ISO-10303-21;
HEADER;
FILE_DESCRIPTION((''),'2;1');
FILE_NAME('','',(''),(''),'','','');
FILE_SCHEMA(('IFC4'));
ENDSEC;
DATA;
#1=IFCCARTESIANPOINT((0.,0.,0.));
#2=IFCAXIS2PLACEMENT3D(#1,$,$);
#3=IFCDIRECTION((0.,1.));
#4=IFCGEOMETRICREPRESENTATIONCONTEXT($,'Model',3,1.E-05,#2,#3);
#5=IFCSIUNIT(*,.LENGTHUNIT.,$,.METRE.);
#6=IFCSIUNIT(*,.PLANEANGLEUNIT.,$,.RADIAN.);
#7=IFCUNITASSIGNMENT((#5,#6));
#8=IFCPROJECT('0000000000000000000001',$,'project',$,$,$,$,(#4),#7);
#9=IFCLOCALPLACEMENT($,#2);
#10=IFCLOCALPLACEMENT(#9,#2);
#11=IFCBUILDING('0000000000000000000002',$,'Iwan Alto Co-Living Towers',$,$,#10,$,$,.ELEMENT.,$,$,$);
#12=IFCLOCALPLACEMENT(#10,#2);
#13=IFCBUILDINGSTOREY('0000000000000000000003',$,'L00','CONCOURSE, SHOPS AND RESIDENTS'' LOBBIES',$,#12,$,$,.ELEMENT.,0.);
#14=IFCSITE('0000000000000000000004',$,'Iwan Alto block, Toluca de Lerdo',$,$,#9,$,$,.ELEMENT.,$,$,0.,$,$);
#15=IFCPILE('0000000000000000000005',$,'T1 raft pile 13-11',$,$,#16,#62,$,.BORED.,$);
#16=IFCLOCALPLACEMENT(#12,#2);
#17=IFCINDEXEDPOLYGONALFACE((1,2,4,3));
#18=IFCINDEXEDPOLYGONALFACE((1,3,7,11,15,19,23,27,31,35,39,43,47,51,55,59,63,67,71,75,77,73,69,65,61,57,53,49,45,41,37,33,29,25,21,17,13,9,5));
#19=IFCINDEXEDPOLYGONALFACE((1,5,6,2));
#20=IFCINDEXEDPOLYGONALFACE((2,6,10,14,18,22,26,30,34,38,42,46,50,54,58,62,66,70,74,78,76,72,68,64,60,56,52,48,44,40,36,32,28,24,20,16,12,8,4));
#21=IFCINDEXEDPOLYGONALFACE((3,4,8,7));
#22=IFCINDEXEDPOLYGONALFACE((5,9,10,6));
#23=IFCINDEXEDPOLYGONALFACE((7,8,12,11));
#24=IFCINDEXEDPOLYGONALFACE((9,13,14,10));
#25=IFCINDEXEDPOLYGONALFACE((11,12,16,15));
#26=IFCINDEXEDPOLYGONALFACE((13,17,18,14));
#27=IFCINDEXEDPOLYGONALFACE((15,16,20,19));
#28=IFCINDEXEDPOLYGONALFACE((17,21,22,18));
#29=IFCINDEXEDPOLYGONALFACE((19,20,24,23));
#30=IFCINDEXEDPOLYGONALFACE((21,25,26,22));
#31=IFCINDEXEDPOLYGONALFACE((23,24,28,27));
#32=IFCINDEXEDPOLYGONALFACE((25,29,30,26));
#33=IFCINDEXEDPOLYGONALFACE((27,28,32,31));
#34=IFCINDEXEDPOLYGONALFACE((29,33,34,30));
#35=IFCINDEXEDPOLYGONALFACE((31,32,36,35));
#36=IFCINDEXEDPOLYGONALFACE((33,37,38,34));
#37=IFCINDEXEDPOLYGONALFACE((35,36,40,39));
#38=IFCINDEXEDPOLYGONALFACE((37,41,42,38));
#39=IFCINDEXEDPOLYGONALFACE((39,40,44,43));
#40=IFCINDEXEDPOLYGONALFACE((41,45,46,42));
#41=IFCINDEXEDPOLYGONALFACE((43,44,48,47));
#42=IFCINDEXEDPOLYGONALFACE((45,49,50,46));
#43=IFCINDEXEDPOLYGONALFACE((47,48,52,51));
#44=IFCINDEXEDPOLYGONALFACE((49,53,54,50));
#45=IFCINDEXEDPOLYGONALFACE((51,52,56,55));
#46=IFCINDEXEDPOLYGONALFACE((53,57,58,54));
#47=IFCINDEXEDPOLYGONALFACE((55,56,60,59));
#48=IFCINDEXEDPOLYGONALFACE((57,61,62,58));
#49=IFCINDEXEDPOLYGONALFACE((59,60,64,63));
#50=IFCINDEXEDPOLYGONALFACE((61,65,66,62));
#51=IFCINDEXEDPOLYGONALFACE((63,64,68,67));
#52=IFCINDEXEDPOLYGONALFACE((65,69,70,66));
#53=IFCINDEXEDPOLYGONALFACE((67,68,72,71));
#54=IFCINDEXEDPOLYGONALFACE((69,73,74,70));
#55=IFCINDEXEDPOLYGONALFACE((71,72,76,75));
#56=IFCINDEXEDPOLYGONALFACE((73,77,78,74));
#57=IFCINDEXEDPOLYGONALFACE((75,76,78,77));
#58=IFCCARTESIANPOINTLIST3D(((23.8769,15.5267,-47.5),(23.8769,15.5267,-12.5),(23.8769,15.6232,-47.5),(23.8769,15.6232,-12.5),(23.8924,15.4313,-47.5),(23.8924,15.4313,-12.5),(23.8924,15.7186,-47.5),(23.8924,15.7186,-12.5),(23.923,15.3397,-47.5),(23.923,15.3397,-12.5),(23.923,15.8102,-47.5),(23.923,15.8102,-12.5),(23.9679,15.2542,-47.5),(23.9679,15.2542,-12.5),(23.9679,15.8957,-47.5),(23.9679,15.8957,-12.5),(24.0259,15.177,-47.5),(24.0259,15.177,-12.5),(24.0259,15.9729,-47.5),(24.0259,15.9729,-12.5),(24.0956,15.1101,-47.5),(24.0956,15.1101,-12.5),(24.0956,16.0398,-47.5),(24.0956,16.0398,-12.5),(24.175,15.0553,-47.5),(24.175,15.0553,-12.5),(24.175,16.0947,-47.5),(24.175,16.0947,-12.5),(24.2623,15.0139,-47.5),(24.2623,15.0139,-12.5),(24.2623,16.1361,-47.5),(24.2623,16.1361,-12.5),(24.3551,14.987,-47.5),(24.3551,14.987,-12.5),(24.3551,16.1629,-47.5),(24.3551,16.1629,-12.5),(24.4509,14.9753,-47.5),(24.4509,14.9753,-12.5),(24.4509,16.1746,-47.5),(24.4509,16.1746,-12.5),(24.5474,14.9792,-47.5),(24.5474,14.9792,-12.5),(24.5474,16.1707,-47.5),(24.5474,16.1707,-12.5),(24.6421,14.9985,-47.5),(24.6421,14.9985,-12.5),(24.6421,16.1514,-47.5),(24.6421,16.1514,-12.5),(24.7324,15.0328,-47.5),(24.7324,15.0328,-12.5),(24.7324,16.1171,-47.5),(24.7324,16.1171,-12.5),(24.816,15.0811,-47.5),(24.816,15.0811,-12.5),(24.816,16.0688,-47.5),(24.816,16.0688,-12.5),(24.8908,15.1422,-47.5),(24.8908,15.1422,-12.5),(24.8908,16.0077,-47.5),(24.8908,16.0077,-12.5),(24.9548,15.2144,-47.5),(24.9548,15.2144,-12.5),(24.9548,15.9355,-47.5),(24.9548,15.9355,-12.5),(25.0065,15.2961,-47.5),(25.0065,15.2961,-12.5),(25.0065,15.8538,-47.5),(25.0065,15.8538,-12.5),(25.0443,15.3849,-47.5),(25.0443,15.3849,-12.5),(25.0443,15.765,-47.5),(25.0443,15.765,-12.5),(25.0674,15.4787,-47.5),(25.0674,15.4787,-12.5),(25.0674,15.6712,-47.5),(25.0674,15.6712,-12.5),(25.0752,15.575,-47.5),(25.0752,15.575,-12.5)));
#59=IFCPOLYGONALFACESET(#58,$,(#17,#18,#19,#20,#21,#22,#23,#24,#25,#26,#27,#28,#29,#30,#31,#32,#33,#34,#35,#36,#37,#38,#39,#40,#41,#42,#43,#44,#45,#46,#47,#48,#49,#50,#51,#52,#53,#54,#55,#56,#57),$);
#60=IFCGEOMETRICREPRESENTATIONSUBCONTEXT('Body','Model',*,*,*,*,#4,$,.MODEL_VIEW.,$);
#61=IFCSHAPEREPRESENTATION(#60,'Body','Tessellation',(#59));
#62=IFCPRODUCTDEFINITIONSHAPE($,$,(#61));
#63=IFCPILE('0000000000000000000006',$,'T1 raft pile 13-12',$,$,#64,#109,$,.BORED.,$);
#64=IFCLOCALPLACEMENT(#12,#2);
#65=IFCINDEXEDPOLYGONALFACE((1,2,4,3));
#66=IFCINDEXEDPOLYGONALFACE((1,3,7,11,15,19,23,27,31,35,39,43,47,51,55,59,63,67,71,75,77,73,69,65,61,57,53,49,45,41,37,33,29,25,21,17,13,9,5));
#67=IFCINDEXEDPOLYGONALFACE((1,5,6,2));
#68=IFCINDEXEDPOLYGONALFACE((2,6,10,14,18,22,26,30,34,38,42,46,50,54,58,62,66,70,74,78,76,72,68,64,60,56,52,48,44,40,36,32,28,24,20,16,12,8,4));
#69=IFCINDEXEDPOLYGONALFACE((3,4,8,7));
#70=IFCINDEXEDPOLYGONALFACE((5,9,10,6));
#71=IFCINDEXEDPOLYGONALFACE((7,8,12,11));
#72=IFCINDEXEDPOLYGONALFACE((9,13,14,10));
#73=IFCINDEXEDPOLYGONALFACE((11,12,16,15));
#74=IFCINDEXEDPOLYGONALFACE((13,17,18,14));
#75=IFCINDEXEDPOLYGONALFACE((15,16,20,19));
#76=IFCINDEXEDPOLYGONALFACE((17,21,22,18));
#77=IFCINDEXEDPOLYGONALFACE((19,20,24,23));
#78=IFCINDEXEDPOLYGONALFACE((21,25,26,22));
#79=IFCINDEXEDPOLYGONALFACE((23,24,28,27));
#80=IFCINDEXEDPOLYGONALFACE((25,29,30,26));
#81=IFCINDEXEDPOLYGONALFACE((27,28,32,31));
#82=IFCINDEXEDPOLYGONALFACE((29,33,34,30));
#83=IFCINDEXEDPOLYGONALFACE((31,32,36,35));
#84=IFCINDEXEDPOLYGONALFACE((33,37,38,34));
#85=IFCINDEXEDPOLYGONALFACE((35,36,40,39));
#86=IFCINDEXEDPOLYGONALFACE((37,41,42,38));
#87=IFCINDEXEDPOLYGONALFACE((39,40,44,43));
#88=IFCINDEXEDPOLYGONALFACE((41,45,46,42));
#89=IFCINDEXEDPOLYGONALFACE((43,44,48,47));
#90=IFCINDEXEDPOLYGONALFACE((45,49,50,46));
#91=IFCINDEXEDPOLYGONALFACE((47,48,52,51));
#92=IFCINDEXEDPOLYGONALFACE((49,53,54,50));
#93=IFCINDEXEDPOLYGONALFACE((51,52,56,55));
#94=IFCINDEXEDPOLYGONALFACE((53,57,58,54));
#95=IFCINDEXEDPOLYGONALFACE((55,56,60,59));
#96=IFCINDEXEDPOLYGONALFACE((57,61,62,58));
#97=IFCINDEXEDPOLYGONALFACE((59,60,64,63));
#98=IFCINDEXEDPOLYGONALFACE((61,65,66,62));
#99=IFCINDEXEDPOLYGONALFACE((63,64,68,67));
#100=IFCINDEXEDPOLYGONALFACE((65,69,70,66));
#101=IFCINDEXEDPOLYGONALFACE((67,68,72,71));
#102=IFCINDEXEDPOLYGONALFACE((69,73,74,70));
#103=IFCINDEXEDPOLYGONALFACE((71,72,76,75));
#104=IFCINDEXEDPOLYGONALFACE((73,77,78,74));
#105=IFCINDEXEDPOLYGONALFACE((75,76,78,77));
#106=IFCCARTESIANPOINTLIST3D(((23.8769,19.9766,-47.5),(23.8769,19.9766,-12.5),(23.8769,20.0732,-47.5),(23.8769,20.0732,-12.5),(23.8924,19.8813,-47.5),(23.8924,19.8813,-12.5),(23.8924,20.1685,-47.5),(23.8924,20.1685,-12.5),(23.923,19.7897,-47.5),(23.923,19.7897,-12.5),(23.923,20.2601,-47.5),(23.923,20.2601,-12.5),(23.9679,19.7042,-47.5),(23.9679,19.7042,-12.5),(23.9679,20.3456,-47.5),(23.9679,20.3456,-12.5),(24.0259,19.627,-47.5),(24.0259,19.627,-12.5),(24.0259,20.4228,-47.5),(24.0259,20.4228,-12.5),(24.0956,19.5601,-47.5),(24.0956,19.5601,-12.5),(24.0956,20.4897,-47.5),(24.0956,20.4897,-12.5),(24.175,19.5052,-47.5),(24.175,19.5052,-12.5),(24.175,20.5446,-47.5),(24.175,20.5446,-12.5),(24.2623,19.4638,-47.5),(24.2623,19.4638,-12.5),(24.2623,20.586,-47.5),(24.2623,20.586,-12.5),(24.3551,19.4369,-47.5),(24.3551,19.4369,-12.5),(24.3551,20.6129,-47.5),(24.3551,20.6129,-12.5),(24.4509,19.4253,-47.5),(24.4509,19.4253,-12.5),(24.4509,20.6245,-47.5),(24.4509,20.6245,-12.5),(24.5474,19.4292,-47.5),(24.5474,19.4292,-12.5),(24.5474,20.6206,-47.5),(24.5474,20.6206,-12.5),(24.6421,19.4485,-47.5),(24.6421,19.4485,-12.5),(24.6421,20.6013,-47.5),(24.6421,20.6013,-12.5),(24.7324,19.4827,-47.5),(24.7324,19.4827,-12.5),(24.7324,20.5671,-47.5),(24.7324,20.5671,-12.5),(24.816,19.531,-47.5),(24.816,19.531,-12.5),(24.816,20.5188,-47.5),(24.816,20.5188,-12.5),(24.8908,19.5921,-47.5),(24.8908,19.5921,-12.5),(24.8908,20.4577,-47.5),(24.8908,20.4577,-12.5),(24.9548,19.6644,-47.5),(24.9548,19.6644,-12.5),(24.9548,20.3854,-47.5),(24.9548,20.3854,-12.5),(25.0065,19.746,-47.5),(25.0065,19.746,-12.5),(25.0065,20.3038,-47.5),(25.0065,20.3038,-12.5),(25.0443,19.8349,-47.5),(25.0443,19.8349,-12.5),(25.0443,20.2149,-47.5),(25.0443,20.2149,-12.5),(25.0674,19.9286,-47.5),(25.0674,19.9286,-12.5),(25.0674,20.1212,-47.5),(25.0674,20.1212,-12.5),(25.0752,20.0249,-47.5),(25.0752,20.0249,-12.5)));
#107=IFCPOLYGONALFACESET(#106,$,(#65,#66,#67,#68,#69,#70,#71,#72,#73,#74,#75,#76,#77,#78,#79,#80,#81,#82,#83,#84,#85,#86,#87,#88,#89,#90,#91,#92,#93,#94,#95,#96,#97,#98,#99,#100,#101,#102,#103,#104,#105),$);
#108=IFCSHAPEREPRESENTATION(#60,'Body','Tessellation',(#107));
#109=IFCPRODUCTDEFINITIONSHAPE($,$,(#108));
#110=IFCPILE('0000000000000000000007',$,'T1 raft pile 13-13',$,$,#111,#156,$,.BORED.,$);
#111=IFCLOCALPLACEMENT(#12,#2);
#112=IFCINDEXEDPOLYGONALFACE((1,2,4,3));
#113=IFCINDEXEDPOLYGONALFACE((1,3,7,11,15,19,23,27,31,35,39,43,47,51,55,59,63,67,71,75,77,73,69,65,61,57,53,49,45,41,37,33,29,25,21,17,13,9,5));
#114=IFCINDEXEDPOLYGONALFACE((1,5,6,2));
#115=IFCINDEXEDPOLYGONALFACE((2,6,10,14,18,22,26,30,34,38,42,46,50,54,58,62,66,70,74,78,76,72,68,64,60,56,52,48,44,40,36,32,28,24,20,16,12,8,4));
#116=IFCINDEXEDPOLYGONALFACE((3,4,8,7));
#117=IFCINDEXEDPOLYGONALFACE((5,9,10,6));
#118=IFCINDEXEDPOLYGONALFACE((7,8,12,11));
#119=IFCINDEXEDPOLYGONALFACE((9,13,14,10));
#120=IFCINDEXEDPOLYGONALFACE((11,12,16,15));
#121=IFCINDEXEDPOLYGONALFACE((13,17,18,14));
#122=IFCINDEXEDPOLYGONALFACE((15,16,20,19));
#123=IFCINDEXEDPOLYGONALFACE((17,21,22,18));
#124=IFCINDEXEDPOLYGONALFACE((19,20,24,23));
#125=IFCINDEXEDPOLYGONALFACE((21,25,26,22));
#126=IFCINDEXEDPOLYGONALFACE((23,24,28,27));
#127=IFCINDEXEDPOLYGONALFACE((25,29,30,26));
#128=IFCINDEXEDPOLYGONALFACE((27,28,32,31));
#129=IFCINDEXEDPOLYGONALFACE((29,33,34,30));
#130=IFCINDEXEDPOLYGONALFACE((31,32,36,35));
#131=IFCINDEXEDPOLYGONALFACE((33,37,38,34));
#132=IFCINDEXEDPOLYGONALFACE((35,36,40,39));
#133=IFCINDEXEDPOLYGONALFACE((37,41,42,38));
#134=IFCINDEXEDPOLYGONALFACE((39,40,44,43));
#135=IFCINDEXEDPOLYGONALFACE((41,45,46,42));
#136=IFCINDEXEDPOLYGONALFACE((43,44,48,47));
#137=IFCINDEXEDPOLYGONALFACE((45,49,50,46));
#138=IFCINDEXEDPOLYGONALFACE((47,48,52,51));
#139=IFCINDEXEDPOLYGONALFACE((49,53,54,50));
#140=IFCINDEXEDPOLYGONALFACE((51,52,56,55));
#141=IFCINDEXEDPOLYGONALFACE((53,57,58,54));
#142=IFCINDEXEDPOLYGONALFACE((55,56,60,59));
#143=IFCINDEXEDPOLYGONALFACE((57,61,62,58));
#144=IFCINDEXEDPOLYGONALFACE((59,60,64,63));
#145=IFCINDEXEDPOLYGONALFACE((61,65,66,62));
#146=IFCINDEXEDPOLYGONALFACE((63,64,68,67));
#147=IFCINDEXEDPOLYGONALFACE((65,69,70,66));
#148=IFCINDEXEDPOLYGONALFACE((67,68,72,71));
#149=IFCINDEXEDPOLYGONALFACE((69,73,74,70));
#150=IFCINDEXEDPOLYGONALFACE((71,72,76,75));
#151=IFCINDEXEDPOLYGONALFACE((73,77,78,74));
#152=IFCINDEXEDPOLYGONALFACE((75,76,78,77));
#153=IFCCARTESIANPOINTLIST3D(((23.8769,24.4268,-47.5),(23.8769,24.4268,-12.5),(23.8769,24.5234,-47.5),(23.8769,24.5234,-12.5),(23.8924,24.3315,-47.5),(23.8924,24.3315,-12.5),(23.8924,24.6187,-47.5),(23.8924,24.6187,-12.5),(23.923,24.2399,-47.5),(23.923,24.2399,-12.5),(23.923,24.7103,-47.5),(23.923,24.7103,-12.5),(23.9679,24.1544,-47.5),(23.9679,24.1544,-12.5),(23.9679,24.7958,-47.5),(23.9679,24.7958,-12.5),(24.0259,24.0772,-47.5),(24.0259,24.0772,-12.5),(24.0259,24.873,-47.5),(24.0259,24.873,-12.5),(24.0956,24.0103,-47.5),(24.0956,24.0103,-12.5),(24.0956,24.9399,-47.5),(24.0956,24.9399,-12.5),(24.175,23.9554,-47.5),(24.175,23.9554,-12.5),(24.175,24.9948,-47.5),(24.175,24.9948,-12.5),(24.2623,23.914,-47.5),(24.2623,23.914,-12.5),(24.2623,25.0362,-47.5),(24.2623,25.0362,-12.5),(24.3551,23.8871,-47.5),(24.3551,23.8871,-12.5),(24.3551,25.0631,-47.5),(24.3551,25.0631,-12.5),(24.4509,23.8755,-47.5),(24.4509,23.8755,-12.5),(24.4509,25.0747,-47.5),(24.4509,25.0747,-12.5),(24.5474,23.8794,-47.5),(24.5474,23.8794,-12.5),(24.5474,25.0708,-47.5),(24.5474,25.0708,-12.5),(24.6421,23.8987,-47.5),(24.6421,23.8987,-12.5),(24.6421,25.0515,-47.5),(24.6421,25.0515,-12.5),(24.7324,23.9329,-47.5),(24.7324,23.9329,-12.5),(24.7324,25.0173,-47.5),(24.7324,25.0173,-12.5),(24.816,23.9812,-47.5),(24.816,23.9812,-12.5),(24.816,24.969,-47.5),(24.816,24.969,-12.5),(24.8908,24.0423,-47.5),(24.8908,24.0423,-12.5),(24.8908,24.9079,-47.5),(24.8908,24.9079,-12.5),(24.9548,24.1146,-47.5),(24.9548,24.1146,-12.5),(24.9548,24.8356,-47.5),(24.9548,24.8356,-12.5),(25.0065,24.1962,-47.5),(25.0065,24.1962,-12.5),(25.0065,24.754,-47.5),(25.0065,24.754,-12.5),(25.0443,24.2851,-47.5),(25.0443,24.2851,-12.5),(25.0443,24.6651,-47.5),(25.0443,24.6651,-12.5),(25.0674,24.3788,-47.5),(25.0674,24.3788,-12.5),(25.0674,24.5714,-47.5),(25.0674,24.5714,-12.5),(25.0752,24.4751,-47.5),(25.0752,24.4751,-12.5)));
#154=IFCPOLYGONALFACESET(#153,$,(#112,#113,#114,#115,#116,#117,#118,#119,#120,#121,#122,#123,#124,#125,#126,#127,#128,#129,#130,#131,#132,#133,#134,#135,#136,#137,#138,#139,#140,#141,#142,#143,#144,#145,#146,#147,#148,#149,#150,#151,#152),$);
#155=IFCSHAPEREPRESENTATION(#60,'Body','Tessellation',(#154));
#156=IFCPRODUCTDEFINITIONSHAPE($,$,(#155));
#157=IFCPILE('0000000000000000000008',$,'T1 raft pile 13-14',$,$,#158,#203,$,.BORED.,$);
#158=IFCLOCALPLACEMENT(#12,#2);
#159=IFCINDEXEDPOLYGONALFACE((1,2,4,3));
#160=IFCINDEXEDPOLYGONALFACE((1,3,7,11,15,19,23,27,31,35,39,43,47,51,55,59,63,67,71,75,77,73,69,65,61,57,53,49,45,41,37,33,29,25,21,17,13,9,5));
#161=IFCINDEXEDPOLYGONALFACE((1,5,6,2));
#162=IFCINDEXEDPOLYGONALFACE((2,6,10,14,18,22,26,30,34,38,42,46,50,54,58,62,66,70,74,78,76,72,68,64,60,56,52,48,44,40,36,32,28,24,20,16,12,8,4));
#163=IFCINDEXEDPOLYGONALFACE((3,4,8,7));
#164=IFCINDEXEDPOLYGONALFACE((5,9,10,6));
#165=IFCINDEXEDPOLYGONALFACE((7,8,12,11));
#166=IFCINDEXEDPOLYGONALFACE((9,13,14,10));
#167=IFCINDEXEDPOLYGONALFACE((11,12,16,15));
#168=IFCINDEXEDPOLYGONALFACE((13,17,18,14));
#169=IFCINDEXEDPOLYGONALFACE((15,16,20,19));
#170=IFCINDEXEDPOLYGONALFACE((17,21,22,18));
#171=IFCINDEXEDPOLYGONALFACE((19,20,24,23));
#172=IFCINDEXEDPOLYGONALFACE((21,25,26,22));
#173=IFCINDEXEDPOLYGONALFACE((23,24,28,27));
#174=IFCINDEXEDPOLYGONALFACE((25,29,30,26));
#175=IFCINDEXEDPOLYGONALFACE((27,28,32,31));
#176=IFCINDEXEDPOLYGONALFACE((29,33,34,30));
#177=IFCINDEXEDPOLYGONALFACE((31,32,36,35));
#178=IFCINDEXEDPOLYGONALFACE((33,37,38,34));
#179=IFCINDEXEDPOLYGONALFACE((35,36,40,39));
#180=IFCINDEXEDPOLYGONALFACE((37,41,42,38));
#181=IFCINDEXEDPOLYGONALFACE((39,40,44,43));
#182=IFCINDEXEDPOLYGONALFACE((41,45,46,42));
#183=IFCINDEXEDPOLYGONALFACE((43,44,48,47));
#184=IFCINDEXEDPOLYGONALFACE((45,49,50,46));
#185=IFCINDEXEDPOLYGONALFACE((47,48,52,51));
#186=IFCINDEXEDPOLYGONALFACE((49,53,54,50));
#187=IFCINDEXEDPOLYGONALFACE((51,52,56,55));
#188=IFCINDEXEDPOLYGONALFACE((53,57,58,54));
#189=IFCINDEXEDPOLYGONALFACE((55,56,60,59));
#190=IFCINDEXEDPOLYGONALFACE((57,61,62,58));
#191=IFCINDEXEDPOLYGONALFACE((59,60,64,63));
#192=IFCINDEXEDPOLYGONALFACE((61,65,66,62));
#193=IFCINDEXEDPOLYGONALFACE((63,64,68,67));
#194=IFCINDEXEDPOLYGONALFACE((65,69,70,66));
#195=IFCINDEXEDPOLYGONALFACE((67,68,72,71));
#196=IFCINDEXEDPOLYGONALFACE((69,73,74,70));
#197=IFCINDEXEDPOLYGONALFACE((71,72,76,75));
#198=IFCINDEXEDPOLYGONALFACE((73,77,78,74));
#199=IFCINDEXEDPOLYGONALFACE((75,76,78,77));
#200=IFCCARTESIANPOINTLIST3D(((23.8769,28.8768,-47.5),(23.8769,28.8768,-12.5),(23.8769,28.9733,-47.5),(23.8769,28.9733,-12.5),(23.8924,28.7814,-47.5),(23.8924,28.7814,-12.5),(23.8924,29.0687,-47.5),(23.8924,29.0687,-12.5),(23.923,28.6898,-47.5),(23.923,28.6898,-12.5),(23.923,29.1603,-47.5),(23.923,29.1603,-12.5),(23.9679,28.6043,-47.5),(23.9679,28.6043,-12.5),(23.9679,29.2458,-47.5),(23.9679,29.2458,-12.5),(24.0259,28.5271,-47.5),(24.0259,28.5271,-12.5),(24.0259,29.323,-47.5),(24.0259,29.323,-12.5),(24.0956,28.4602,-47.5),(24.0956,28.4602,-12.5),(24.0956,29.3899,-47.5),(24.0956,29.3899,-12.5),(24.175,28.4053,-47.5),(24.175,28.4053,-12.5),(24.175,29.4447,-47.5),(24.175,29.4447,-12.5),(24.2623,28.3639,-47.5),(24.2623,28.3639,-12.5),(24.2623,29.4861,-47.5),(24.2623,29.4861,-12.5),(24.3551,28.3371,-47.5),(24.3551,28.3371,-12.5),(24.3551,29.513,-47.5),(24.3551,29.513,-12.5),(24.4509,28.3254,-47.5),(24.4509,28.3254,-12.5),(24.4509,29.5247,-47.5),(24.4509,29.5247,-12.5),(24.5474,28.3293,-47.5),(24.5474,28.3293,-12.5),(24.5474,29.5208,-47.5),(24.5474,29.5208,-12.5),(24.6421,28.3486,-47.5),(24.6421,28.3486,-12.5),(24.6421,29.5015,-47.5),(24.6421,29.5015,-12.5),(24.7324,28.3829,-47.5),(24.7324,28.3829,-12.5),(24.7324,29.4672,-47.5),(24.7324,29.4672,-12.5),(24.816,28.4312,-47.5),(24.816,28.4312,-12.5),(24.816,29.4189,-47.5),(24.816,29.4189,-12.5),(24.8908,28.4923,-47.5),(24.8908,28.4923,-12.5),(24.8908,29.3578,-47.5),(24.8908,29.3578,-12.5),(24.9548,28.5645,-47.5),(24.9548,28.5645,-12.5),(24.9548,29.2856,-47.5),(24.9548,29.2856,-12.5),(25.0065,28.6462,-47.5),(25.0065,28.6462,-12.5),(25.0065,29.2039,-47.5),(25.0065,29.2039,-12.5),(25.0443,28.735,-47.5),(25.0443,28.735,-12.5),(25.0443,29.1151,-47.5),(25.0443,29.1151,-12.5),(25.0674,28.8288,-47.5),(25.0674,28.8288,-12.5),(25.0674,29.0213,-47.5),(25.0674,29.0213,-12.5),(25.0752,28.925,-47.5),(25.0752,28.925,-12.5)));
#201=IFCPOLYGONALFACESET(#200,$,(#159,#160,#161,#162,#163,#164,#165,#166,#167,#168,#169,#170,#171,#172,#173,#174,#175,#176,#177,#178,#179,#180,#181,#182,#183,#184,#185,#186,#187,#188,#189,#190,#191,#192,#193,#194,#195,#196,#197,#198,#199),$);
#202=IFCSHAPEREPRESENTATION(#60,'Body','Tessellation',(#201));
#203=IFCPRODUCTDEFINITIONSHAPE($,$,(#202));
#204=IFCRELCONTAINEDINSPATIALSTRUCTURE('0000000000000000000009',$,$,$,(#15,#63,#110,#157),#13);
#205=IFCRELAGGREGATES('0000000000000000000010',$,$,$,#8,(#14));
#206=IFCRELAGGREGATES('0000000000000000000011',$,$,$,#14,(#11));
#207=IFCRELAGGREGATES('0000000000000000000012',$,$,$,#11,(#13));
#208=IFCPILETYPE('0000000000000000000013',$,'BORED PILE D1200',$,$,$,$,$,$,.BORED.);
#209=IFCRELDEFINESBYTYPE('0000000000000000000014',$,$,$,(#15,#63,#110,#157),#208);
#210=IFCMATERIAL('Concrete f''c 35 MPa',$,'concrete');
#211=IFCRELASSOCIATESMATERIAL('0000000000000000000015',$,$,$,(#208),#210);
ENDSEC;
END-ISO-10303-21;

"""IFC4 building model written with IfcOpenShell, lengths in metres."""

from ifc_helpers import new_model, si_unit, direction, frame, origin, origin_2d, place, context, subcontext, project, spatial, circle, extrude, material, material_profile, profile_set, type_object, element, save


model = new_model("IFC4")

# Units and contexts
model_context = context("Model", 3, precision=1e-05, world=origin(), true_north=direction((0.0, 1.0)))
body_context = subcontext(model_context, "Body", "Model", "MODEL_VIEW")
ifc_project = project(units=[si_unit("LENGTHUNIT", "METRE"), si_unit("PLANEANGLEUNIT", "RADIAN")], contexts=[model_context])

# Site, building, storey
site_placement = place(None, origin())
site = spatial("IfcSite", under=ifc_project, at=site_placement, Name="Iwan Alto block, Toluca de Lerdo", CompositionType="ELEMENT", RefElevation=0.0)
building_placement = place(site_placement, origin())
building = spatial("IfcBuilding", under=site, at=building_placement, Name="Iwan Alto Co-Living Towers", CompositionType="ELEMENT")
storey_placement = place(building_placement, origin())
storey = spatial("IfcBuildingStorey", under=building, at=storey_placement, Name="L00", Description="CONCOURSE, SHOPS AND RESIDENTS' LOBBIES", CompositionType="ELEMENT", Elevation=0.0)

# Piles
ifc_material_1 = material(Name="Concrete f'c 35 MPa", Category="concrete")
ifc_material_profile_1 = material_profile(ifc_material_1, circle(Radius=0.6001, at=origin_2d()), Name="D1200")
ifc_profile_set_1 = profile_set([ifc_material_profile_1], Name="Concrete f'c 35 MPa")
pile_type = type_object("IfcPileType", Name="BORED PILE D1200", PredefinedType="BORED", material=ifc_profile_set_1)
for number, where, z_axis, x_axis, name in (
    (1, (24.4751, 15.575, -12.5), (0.0, 0.0, -1.0), (1.0, 0.0, 0.0), "T1 raft pile 13-11"),
    (2, (24.4751, 20.0249, -12.5), (0.0, 0.0, -1.0), (1.0, 0.0, 0.0), "T1 raft pile 13-12"),
    (3, (24.4751, 24.4751, -12.5), (0.0, 0.0, -1.0), (1.0, 0.0, 0.0), "T1 raft pile 13-13"),
    (4, (24.4751, 28.925, -12.5), (0.0, 0.0, -1.0), (1.0, 0.0, 0.0), "T1 raft pile 13-14"),
):
    element("IfcPile", number, at=place(storey_placement, frame(where, z_axis=z_axis, x_axis=x_axis)), inside=storey, type_object=pile_type, Name=name, PredefinedType="BORED", context=body_context, shape_type="SweptSolid", body=[
        extrude(circle(Radius=0.6001, at=origin_2d()), origin(), (0.0, 0.0, 1.0), 35.0),
    ])

save(model, "model.ifc")
